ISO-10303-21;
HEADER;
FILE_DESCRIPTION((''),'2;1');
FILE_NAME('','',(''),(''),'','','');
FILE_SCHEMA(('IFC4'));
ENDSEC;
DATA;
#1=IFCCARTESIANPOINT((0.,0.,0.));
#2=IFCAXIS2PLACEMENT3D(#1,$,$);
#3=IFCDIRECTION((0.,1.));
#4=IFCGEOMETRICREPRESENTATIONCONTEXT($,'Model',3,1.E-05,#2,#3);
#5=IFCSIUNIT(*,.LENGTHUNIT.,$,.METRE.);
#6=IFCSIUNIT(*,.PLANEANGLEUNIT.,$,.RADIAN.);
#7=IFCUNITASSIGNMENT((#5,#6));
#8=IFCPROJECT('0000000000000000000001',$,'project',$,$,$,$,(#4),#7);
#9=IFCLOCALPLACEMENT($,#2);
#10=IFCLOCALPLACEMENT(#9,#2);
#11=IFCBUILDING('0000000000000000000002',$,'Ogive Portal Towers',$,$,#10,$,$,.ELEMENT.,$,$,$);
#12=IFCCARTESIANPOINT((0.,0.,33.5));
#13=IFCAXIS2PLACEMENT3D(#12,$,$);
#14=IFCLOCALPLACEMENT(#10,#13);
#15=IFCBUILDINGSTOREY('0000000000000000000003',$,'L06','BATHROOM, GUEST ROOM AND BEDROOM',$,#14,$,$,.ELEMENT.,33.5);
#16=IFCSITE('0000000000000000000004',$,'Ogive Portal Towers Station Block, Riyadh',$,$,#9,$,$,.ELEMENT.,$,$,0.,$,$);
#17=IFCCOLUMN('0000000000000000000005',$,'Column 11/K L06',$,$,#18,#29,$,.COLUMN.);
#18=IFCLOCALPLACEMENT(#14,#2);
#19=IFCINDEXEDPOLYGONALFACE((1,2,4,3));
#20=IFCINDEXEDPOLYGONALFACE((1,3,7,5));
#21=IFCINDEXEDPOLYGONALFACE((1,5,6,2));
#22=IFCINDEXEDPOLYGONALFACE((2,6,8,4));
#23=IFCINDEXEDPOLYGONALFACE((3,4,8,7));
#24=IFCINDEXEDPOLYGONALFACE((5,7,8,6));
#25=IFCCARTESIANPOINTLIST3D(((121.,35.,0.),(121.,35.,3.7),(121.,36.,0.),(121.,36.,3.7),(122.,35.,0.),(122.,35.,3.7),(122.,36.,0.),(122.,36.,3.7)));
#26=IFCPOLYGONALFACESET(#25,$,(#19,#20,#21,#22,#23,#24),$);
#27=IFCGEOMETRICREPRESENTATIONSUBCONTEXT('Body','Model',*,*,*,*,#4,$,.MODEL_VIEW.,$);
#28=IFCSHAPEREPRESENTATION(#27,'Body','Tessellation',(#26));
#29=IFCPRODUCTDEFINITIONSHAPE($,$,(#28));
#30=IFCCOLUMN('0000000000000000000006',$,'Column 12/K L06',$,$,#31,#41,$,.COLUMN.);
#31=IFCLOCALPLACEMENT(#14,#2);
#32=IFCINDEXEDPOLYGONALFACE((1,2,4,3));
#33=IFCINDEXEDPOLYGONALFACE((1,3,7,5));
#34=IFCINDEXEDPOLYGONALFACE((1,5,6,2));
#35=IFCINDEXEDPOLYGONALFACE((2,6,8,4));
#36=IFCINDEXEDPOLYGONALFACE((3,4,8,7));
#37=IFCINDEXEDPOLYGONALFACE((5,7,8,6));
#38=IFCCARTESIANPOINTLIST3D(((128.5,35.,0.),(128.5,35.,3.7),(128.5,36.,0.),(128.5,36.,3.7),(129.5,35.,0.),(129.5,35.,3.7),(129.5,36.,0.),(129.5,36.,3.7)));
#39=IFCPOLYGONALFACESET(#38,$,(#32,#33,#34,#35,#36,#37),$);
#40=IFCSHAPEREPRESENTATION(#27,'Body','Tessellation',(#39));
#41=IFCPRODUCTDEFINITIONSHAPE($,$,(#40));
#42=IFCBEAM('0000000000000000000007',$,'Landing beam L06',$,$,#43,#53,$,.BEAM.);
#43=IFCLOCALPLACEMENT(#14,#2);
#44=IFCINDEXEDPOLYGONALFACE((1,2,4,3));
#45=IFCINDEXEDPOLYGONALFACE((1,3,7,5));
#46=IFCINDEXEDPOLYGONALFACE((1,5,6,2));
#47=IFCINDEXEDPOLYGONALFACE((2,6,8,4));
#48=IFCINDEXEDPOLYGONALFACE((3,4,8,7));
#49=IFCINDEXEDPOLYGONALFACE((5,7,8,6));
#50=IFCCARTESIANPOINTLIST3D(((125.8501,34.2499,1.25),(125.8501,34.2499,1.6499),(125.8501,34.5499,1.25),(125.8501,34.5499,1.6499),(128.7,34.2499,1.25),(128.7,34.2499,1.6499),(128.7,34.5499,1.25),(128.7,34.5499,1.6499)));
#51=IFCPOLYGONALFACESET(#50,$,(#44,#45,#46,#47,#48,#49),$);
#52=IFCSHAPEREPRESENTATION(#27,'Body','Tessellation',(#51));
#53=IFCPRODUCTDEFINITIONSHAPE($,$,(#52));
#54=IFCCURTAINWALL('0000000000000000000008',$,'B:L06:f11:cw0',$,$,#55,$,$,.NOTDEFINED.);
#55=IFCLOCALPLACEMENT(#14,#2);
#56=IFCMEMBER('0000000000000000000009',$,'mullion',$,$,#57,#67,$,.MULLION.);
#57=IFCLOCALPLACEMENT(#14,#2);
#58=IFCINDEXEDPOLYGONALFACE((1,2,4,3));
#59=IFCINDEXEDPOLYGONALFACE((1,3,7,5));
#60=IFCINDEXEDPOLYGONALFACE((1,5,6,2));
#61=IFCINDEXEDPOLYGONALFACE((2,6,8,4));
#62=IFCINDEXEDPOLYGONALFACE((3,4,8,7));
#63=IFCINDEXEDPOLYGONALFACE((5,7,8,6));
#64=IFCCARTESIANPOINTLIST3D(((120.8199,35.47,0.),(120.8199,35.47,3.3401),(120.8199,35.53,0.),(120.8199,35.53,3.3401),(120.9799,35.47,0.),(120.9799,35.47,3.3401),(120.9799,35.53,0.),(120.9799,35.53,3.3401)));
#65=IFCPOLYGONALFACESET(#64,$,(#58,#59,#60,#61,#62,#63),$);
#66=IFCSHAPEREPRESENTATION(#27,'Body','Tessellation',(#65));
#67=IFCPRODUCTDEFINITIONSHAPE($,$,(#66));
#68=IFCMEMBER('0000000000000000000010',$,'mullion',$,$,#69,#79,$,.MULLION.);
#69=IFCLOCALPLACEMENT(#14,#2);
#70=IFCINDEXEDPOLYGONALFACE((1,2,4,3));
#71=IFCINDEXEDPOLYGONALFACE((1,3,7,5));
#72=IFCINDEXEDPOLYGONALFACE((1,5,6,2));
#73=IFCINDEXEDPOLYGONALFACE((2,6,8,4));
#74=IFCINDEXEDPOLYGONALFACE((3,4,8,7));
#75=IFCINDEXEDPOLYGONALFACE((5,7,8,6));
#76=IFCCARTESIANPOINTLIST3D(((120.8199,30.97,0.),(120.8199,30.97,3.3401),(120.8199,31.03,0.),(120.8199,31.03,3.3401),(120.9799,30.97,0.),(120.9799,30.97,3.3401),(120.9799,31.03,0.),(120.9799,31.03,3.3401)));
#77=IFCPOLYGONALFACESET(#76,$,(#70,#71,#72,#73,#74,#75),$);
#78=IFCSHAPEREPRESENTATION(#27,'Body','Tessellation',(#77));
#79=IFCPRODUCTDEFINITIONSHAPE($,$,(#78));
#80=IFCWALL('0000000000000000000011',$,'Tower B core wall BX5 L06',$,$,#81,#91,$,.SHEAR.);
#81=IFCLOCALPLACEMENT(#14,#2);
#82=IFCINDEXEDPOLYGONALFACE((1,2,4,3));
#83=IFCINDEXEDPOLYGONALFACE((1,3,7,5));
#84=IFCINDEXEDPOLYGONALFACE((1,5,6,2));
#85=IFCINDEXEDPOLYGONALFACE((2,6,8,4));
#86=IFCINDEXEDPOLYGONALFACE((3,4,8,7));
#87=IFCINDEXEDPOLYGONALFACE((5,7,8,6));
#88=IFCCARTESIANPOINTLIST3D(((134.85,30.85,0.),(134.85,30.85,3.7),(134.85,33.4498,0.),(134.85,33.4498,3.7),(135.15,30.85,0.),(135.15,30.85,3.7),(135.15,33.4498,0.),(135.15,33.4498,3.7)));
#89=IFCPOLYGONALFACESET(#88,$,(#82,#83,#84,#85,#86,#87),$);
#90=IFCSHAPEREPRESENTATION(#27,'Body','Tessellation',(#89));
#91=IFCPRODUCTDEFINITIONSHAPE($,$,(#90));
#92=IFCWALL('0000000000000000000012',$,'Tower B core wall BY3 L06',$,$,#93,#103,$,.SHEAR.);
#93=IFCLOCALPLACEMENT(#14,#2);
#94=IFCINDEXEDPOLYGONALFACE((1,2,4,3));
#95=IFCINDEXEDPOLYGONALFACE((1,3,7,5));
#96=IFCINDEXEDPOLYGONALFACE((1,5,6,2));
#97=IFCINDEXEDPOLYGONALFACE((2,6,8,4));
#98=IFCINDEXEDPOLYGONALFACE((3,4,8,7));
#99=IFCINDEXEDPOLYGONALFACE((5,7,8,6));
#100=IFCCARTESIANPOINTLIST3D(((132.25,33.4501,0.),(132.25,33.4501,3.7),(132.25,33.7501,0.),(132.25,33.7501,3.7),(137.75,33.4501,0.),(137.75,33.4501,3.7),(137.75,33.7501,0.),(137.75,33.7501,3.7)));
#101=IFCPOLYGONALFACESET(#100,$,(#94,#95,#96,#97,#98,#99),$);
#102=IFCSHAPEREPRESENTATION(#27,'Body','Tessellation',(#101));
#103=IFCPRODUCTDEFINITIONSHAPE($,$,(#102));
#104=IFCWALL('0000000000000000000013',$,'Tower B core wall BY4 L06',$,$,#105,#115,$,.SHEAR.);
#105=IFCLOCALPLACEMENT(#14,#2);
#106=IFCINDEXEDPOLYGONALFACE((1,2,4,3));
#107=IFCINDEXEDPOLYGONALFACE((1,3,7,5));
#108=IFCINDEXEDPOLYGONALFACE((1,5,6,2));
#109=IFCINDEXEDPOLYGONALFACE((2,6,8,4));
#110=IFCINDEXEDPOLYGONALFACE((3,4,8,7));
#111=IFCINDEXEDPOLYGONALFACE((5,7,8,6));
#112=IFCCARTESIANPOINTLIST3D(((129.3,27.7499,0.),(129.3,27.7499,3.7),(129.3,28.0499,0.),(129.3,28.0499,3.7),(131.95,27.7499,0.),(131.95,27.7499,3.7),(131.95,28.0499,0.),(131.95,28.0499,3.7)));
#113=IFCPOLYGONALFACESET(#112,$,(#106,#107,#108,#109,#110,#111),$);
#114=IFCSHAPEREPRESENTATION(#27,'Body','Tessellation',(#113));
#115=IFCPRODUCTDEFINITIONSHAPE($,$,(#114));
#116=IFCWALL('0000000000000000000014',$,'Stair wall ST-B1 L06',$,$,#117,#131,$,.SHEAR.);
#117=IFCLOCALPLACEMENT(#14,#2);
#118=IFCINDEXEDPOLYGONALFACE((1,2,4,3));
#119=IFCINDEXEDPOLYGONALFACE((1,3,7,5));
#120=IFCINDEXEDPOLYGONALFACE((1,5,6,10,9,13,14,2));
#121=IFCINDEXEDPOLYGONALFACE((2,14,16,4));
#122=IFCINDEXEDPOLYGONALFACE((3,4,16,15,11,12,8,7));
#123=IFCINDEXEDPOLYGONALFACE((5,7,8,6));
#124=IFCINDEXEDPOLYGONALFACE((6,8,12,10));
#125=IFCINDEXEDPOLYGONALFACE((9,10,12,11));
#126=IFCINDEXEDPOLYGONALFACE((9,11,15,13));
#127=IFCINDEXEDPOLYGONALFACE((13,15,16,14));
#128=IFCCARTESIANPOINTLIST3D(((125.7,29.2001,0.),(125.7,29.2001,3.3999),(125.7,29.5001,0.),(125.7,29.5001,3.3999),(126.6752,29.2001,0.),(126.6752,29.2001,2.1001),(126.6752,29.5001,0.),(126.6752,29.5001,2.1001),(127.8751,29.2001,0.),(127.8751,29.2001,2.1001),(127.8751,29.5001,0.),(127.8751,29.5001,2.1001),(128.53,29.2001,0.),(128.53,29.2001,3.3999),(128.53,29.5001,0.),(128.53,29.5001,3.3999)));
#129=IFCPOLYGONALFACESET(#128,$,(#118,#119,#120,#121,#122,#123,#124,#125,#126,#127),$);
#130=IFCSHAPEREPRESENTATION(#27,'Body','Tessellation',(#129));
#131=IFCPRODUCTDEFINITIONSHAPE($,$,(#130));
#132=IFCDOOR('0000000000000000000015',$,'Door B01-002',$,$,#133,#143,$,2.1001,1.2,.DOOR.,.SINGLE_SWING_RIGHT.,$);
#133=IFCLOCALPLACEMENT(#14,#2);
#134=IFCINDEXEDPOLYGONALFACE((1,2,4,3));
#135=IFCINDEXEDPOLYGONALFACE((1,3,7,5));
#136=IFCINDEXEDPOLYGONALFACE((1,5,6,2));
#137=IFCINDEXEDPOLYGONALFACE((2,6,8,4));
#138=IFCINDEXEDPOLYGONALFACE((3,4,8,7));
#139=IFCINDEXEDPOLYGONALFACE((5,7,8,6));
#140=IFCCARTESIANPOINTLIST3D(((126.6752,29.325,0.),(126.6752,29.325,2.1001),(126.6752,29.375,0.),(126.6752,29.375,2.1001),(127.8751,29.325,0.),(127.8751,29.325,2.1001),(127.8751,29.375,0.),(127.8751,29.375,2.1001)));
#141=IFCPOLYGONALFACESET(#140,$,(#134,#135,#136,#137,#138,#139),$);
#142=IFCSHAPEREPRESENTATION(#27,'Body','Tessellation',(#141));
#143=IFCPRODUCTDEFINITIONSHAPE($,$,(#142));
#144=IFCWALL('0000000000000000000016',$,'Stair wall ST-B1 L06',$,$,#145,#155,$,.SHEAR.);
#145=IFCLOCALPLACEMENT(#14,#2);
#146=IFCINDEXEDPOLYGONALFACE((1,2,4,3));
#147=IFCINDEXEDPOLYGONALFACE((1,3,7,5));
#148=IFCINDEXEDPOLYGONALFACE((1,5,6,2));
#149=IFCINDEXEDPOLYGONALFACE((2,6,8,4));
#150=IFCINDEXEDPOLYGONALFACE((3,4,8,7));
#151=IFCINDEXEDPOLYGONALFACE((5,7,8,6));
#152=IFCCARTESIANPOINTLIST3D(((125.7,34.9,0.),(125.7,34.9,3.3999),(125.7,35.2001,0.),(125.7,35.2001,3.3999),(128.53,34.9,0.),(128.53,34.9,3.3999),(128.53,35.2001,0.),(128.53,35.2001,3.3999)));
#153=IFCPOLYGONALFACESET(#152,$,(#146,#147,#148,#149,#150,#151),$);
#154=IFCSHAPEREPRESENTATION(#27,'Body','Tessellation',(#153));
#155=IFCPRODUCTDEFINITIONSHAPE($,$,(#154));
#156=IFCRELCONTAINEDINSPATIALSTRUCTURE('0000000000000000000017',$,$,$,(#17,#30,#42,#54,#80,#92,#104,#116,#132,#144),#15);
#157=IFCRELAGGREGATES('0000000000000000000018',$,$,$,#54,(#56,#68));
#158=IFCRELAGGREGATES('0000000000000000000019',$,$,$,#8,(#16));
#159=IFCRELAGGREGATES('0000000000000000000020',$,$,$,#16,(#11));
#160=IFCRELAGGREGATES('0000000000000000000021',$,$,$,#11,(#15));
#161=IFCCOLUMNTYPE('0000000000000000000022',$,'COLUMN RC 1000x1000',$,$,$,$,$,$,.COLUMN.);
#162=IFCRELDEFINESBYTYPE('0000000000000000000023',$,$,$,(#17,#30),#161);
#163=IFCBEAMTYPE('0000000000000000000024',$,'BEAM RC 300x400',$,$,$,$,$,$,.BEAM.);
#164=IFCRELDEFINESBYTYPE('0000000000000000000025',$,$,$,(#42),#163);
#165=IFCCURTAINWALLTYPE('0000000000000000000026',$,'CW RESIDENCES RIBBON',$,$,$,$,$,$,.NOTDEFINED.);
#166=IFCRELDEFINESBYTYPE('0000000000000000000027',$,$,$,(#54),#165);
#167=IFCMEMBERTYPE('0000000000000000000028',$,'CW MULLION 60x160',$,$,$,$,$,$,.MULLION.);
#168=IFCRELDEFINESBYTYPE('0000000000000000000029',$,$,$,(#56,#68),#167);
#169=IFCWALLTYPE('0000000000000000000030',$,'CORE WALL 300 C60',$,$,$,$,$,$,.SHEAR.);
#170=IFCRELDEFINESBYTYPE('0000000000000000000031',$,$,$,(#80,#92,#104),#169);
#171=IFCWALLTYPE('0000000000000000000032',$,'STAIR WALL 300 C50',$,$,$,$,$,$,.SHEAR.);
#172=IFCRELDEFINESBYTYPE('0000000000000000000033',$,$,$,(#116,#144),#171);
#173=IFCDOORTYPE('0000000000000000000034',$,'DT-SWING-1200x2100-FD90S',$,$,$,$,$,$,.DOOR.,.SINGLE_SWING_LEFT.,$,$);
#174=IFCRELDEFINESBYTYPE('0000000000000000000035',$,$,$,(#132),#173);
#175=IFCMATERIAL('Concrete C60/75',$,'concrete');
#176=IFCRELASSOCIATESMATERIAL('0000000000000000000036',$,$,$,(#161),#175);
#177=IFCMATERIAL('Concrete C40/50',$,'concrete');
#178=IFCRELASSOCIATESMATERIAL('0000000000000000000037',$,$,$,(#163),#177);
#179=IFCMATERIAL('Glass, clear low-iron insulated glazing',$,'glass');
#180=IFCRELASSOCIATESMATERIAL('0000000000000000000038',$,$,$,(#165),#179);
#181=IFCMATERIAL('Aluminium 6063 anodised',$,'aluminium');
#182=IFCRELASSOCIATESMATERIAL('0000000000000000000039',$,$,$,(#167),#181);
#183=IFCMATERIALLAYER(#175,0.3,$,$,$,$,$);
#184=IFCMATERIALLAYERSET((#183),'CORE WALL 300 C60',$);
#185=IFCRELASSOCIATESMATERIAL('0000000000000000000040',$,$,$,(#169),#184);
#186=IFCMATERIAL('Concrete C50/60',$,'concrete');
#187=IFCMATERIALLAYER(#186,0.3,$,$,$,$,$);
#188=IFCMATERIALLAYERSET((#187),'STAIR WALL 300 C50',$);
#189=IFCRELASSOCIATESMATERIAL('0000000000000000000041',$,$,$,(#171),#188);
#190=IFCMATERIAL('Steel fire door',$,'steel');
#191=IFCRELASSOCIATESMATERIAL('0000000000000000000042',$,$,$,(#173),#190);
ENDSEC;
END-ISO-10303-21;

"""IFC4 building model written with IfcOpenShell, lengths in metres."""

from ifc_helpers import new_model, si_unit, direction, frame, frame_2d, origin, origin_2d, place, context, subcontext, project, spatial, rectangle, extrude, material, layer, layer_set, material_profile, profile_set, type_object, element, fill, aggregate, save


model = new_model("IFC4")

# Units and contexts
model_context = context("Model", 3, precision=1e-05, world=origin(), true_north=direction((0.0, 1.0)))
body_context = subcontext(model_context, "Body", "Model", "MODEL_VIEW")
ifc_project = project(units=[si_unit("LENGTHUNIT", "METRE"), si_unit("PLANEANGLEUNIT", "RADIAN")], contexts=[model_context])

# Site, building, storey
site_placement = place(None, origin())
site = spatial("IfcSite", under=ifc_project, at=site_placement, Name="Ogive Portal Towers Station Block, Riyadh", CompositionType="ELEMENT", RefElevation=0.0)
building_placement = place(site_placement, origin())
building = spatial("IfcBuilding", under=site, at=building_placement, Name="Ogive Portal Towers", CompositionType="ELEMENT")
storey_placement = place(building_placement, frame((0.0, 0.0, 33.5)))
storey = spatial("IfcBuildingStorey", under=building, at=storey_placement, Name="L06", Description="BATHROOM, GUEST ROOM AND BEDROOM", CompositionType="ELEMENT", Elevation=33.5)

# Columns
ifc_material_1 = material(Name="Concrete C60/75", Category="concrete")
ifc_material_profile_1 = material_profile(ifc_material_1, rectangle(XDim=1.0, YDim=1.0, at=origin_2d()), Name="RC 1000x1000")
ifc_profile_set_1 = profile_set([ifc_material_profile_1], Name="Concrete C60/75")
column_type = type_object("IfcColumnType", Name="COLUMN RC 1000x1000", PredefinedType="COLUMN", material=ifc_profile_set_1)
for number, where, z_axis, x_axis, name in (
    (1, (121.5, 35.5, 0.0), (0.0, 0.0, 1.0), (1.0, 0.0, 0.0), "Column 11/K L06"),
    (2, (129.0, 35.5, 0.0), (0.0, 0.0, 1.0), (1.0, 0.0, 0.0), "Column 12/K L06"),
):
    element("IfcColumn", number, at=place(storey_placement, frame(where, z_axis=z_axis, x_axis=x_axis)), inside=storey, type_object=column_type, Name=name, PredefinedType="COLUMN", context=body_context, shape_type="SweptSolid", body=[
        extrude(rectangle(XDim=1.0, YDim=1.0, at=origin_2d()), origin(), (0.0, 0.0, 1.0), 3.7),
    ])

# Beam
ifc_material_2 = material(Name="Concrete C40/50", Category="concrete")
ifc_material_profile_2 = material_profile(ifc_material_2, rectangle(XDim=0.3, YDim=0.3999, at=origin_2d()), Name="RC 300x400")
ifc_profile_set_2 = profile_set([ifc_material_profile_2], Name="Concrete C40/50")
beam_type = type_object("IfcBeamType", Name="BEAM RC 300x400", PredefinedType="BEAM", material=ifc_profile_set_2)
beam_placement = place(storey_placement, frame((125.8501, 34.3999, 1.45), z_axis=(1.0, 0.0, 0.0), x_axis=(0.0, 1.0, 0.0)))
element("IfcBeam", 3, at=beam_placement, inside=storey, type_object=beam_type, Name="Landing beam L06", PredefinedType="BEAM", context=body_context, shape_type="SweptSolid", body=[
    extrude(rectangle(XDim=0.3, YDim=0.3999, at=origin_2d()), origin(), (0.0, 0.0, 1.0), 2.8499),
])

# Curtain wall, members
ifc_material_3 = material(Name="Glass, clear low-iron insulated glazing", Category="glass")
curtain_wall_type = type_object("IfcCurtainWallType", Name="CW RESIDENCES RIBBON", PredefinedType="NOTDEFINED", material=ifc_material_3)
curtain_wall_placement = place(storey_placement, origin())
curtain_wall = element("IfcCurtainWall", 4, at=curtain_wall_placement, inside=storey, type_object=curtain_wall_type, Name="B:L06:f11:cw0", PredefinedType="NOTDEFINED")
ifc_material_4 = material(Name="Aluminium 6063 anodised", Category="aluminium")
ifc_material_profile_3 = material_profile(ifc_material_4, rectangle(XDim=0.1599, YDim=0.0601, at=origin_2d()), Name="AL 60x160")
ifc_profile_set_3 = profile_set([ifc_material_profile_3], Name="Aluminium 6063 anodised")
member_type = type_object("IfcMemberType", Name="CW MULLION 60x160", PredefinedType="MULLION", material=ifc_profile_set_3)
member_1_placement = place(storey_placement, frame((120.8999, 35.5, 0.0), z_axis=(0.0, 0.0, 1.0), x_axis=(1.0, 0.0, 0.0)))
member_1 = element("IfcMember", 5, at=member_1_placement, type_object=member_type, Name="mullion", PredefinedType="MULLION", context=body_context, shape_type="SweptSolid", body=[
    extrude(rectangle(XDim=0.1599, YDim=0.0601, at=origin_2d()), origin(), (0.0, 0.0, 1.0), 3.3401),
])
member_2_placement = place(storey_placement, frame((120.8999, 31.0, 0.0), z_axis=(0.0, 0.0, 1.0), x_axis=(1.0, 0.0, 0.0)))
member_2 = element("IfcMember", 6, at=member_2_placement, type_object=member_type, Name="mullion", PredefinedType="MULLION", context=body_context, shape_type="SweptSolid", body=[
    extrude(rectangle(XDim=0.1599, YDim=0.0601, at=origin_2d()), origin(), (0.0, 0.0, 1.0), 3.3401),
])
aggregate(curtain_wall, [member_1, member_2])

# Wall
ifc_layer_1 = layer(ifc_material_1, 0.3)
ifc_layer_set_1 = layer_set([ifc_layer_1], Name="CORE WALL 300 C60")
wall_type_1 = type_object("IfcWallType", Name="CORE WALL 300 C60", PredefinedType="SHEAR", material=ifc_layer_set_1)
wall_1_placement = place(storey_placement, frame((135.0, 30.8501, 0.0), z_axis=(0.0, 0.0, 1.0), x_axis=(0.0, 1.0, 0.0)))
element("IfcWall", 7, at=wall_1_placement, inside=storey, type_object=wall_type_1, Name="Tower B core wall BX5 L06", PredefinedType="SHEAR", context=body_context, shape_type="SweptSolid", body=[
    extrude(rectangle(XDim=2.5999, YDim=0.3, at=frame_2d((1.2998, 0.0))), origin(), (0.0, 0.0, 1.0), 3.7),
])

# Walls
wall_2_placement = place(storey_placement, frame((132.25, 33.6001, 0.0), z_axis=(0.0, 0.0, 1.0), x_axis=(1.0, 0.0, 0.0)))
element("IfcWall", 8, at=wall_2_placement, inside=storey, type_object=wall_type_1, Name="Tower B core wall BY3 L06", PredefinedType="SHEAR", context=body_context, shape_type="SweptSolid", body=[
    extrude(rectangle(XDim=5.5, YDim=0.3, at=frame_2d((2.75, 0.0))), origin(), (0.0, 0.0, 1.0), 3.7),
])
wall_3_placement = place(storey_placement, frame((129.3, 27.8999, 0.0), z_axis=(0.0, 0.0, 1.0), x_axis=(1.0, 0.0, 0.0)))
element("IfcWall", 9, at=wall_3_placement, inside=storey, type_object=wall_type_1, Name="Tower B core wall BY4 L06", PredefinedType="SHEAR", context=body_context, shape_type="SweptSolid", body=[
    extrude(rectangle(XDim=2.6499, YDim=0.3, at=frame_2d((1.325, 0.0))), origin(), (0.0, 0.0, 1.0), 3.7),
])

# Wall, opening, door
ifc_material_5 = material(Name="Concrete C50/60", Category="concrete")
ifc_layer_2 = layer(ifc_material_5, 0.3)
ifc_layer_set_2 = layer_set([ifc_layer_2], Name="STAIR WALL 300 C50")
wall_type_2 = type_object("IfcWallType", Name="STAIR WALL 300 C50", PredefinedType="SHEAR", material=ifc_layer_set_2)
wall_4_placement = place(storey_placement, frame((125.7, 29.3501, 0.0), z_axis=(0.0, 0.0, 1.0), x_axis=(1.0, 0.0, 0.0)))
wall_4 = element("IfcWall", 10, at=wall_4_placement, inside=storey, type_object=wall_type_2, Name="Stair wall ST-B1 L06", PredefinedType="SHEAR", context=body_context, shape_type="SweptSolid", body=[
    extrude(rectangle(XDim=2.8301, YDim=0.3, at=frame_2d((1.415, 0.0))), origin(), (0.0, 0.0, 1.0), 3.3999),
])
opening_1_placement = place(wall_4_placement, frame((0.9751, 0.0, 0.0)))
opening_1 = element("IfcOpeningElement", 11, at=opening_1_placement, cuts=wall_4, PredefinedType="OPENING", context=body_context, shape_type="SweptSolid", body=[
    extrude(rectangle(XDim=1.2, YDim=2.1001, at=frame_2d((0.6001, 1.05))), frame((0.0, 0.1602, 0.0), z_axis=(0.0, -1.0, 0.0), x_axis=(1.0, 0.0, 0.0)), (0.0, 0.0, 1.0), 0.3201),
])
ifc_material_6 = material(Name="Steel fire door", Category="steel")
door_type_1 = type_object("IfcDoorType", Name="DT-SWING-1200x2100-FD90S", OperationType="SINGLE_SWING_LEFT", PredefinedType="DOOR", material=ifc_material_6)
door_1_placement = place(opening_1_placement, origin())
door_1 = element("IfcDoor", 12, at=door_1_placement, inside=storey, type_object=door_type_1, Name="Door B01-002", OperationType="SINGLE_SWING_RIGHT", OverallHeight=2.1001, OverallWidth=1.2, PredefinedType="DOOR", context=body_context, shape_type="SweptSolid", body=[
    extrude(rectangle(XDim=1.2, YDim=2.1001, at=frame_2d((0.6001, 1.05))), frame((0.0, 0.0249, 0.0), z_axis=(0.0, -1.0, 0.0), x_axis=(1.0, 0.0, 0.0)), (0.0, 0.0, 1.0), 0.05),
])
fill(opening_1, door_1)

# Wall
wall_5_placement = place(storey_placement, frame((125.7, 35.05, 0.0), z_axis=(0.0, 0.0, 1.0), x_axis=(1.0, 0.0, 0.0)))
element("IfcWall", 13, at=wall_5_placement, inside=storey, type_object=wall_type_2, Name="Stair wall ST-B1 L06", PredefinedType="SHEAR", context=body_context, shape_type="SweptSolid", body=[
    extrude(rectangle(XDim=2.8301, YDim=0.3, at=frame_2d((1.415, 0.0))), origin(), (0.0, 0.0, 1.0), 3.3999),
])

save(model, "model.ifc")
